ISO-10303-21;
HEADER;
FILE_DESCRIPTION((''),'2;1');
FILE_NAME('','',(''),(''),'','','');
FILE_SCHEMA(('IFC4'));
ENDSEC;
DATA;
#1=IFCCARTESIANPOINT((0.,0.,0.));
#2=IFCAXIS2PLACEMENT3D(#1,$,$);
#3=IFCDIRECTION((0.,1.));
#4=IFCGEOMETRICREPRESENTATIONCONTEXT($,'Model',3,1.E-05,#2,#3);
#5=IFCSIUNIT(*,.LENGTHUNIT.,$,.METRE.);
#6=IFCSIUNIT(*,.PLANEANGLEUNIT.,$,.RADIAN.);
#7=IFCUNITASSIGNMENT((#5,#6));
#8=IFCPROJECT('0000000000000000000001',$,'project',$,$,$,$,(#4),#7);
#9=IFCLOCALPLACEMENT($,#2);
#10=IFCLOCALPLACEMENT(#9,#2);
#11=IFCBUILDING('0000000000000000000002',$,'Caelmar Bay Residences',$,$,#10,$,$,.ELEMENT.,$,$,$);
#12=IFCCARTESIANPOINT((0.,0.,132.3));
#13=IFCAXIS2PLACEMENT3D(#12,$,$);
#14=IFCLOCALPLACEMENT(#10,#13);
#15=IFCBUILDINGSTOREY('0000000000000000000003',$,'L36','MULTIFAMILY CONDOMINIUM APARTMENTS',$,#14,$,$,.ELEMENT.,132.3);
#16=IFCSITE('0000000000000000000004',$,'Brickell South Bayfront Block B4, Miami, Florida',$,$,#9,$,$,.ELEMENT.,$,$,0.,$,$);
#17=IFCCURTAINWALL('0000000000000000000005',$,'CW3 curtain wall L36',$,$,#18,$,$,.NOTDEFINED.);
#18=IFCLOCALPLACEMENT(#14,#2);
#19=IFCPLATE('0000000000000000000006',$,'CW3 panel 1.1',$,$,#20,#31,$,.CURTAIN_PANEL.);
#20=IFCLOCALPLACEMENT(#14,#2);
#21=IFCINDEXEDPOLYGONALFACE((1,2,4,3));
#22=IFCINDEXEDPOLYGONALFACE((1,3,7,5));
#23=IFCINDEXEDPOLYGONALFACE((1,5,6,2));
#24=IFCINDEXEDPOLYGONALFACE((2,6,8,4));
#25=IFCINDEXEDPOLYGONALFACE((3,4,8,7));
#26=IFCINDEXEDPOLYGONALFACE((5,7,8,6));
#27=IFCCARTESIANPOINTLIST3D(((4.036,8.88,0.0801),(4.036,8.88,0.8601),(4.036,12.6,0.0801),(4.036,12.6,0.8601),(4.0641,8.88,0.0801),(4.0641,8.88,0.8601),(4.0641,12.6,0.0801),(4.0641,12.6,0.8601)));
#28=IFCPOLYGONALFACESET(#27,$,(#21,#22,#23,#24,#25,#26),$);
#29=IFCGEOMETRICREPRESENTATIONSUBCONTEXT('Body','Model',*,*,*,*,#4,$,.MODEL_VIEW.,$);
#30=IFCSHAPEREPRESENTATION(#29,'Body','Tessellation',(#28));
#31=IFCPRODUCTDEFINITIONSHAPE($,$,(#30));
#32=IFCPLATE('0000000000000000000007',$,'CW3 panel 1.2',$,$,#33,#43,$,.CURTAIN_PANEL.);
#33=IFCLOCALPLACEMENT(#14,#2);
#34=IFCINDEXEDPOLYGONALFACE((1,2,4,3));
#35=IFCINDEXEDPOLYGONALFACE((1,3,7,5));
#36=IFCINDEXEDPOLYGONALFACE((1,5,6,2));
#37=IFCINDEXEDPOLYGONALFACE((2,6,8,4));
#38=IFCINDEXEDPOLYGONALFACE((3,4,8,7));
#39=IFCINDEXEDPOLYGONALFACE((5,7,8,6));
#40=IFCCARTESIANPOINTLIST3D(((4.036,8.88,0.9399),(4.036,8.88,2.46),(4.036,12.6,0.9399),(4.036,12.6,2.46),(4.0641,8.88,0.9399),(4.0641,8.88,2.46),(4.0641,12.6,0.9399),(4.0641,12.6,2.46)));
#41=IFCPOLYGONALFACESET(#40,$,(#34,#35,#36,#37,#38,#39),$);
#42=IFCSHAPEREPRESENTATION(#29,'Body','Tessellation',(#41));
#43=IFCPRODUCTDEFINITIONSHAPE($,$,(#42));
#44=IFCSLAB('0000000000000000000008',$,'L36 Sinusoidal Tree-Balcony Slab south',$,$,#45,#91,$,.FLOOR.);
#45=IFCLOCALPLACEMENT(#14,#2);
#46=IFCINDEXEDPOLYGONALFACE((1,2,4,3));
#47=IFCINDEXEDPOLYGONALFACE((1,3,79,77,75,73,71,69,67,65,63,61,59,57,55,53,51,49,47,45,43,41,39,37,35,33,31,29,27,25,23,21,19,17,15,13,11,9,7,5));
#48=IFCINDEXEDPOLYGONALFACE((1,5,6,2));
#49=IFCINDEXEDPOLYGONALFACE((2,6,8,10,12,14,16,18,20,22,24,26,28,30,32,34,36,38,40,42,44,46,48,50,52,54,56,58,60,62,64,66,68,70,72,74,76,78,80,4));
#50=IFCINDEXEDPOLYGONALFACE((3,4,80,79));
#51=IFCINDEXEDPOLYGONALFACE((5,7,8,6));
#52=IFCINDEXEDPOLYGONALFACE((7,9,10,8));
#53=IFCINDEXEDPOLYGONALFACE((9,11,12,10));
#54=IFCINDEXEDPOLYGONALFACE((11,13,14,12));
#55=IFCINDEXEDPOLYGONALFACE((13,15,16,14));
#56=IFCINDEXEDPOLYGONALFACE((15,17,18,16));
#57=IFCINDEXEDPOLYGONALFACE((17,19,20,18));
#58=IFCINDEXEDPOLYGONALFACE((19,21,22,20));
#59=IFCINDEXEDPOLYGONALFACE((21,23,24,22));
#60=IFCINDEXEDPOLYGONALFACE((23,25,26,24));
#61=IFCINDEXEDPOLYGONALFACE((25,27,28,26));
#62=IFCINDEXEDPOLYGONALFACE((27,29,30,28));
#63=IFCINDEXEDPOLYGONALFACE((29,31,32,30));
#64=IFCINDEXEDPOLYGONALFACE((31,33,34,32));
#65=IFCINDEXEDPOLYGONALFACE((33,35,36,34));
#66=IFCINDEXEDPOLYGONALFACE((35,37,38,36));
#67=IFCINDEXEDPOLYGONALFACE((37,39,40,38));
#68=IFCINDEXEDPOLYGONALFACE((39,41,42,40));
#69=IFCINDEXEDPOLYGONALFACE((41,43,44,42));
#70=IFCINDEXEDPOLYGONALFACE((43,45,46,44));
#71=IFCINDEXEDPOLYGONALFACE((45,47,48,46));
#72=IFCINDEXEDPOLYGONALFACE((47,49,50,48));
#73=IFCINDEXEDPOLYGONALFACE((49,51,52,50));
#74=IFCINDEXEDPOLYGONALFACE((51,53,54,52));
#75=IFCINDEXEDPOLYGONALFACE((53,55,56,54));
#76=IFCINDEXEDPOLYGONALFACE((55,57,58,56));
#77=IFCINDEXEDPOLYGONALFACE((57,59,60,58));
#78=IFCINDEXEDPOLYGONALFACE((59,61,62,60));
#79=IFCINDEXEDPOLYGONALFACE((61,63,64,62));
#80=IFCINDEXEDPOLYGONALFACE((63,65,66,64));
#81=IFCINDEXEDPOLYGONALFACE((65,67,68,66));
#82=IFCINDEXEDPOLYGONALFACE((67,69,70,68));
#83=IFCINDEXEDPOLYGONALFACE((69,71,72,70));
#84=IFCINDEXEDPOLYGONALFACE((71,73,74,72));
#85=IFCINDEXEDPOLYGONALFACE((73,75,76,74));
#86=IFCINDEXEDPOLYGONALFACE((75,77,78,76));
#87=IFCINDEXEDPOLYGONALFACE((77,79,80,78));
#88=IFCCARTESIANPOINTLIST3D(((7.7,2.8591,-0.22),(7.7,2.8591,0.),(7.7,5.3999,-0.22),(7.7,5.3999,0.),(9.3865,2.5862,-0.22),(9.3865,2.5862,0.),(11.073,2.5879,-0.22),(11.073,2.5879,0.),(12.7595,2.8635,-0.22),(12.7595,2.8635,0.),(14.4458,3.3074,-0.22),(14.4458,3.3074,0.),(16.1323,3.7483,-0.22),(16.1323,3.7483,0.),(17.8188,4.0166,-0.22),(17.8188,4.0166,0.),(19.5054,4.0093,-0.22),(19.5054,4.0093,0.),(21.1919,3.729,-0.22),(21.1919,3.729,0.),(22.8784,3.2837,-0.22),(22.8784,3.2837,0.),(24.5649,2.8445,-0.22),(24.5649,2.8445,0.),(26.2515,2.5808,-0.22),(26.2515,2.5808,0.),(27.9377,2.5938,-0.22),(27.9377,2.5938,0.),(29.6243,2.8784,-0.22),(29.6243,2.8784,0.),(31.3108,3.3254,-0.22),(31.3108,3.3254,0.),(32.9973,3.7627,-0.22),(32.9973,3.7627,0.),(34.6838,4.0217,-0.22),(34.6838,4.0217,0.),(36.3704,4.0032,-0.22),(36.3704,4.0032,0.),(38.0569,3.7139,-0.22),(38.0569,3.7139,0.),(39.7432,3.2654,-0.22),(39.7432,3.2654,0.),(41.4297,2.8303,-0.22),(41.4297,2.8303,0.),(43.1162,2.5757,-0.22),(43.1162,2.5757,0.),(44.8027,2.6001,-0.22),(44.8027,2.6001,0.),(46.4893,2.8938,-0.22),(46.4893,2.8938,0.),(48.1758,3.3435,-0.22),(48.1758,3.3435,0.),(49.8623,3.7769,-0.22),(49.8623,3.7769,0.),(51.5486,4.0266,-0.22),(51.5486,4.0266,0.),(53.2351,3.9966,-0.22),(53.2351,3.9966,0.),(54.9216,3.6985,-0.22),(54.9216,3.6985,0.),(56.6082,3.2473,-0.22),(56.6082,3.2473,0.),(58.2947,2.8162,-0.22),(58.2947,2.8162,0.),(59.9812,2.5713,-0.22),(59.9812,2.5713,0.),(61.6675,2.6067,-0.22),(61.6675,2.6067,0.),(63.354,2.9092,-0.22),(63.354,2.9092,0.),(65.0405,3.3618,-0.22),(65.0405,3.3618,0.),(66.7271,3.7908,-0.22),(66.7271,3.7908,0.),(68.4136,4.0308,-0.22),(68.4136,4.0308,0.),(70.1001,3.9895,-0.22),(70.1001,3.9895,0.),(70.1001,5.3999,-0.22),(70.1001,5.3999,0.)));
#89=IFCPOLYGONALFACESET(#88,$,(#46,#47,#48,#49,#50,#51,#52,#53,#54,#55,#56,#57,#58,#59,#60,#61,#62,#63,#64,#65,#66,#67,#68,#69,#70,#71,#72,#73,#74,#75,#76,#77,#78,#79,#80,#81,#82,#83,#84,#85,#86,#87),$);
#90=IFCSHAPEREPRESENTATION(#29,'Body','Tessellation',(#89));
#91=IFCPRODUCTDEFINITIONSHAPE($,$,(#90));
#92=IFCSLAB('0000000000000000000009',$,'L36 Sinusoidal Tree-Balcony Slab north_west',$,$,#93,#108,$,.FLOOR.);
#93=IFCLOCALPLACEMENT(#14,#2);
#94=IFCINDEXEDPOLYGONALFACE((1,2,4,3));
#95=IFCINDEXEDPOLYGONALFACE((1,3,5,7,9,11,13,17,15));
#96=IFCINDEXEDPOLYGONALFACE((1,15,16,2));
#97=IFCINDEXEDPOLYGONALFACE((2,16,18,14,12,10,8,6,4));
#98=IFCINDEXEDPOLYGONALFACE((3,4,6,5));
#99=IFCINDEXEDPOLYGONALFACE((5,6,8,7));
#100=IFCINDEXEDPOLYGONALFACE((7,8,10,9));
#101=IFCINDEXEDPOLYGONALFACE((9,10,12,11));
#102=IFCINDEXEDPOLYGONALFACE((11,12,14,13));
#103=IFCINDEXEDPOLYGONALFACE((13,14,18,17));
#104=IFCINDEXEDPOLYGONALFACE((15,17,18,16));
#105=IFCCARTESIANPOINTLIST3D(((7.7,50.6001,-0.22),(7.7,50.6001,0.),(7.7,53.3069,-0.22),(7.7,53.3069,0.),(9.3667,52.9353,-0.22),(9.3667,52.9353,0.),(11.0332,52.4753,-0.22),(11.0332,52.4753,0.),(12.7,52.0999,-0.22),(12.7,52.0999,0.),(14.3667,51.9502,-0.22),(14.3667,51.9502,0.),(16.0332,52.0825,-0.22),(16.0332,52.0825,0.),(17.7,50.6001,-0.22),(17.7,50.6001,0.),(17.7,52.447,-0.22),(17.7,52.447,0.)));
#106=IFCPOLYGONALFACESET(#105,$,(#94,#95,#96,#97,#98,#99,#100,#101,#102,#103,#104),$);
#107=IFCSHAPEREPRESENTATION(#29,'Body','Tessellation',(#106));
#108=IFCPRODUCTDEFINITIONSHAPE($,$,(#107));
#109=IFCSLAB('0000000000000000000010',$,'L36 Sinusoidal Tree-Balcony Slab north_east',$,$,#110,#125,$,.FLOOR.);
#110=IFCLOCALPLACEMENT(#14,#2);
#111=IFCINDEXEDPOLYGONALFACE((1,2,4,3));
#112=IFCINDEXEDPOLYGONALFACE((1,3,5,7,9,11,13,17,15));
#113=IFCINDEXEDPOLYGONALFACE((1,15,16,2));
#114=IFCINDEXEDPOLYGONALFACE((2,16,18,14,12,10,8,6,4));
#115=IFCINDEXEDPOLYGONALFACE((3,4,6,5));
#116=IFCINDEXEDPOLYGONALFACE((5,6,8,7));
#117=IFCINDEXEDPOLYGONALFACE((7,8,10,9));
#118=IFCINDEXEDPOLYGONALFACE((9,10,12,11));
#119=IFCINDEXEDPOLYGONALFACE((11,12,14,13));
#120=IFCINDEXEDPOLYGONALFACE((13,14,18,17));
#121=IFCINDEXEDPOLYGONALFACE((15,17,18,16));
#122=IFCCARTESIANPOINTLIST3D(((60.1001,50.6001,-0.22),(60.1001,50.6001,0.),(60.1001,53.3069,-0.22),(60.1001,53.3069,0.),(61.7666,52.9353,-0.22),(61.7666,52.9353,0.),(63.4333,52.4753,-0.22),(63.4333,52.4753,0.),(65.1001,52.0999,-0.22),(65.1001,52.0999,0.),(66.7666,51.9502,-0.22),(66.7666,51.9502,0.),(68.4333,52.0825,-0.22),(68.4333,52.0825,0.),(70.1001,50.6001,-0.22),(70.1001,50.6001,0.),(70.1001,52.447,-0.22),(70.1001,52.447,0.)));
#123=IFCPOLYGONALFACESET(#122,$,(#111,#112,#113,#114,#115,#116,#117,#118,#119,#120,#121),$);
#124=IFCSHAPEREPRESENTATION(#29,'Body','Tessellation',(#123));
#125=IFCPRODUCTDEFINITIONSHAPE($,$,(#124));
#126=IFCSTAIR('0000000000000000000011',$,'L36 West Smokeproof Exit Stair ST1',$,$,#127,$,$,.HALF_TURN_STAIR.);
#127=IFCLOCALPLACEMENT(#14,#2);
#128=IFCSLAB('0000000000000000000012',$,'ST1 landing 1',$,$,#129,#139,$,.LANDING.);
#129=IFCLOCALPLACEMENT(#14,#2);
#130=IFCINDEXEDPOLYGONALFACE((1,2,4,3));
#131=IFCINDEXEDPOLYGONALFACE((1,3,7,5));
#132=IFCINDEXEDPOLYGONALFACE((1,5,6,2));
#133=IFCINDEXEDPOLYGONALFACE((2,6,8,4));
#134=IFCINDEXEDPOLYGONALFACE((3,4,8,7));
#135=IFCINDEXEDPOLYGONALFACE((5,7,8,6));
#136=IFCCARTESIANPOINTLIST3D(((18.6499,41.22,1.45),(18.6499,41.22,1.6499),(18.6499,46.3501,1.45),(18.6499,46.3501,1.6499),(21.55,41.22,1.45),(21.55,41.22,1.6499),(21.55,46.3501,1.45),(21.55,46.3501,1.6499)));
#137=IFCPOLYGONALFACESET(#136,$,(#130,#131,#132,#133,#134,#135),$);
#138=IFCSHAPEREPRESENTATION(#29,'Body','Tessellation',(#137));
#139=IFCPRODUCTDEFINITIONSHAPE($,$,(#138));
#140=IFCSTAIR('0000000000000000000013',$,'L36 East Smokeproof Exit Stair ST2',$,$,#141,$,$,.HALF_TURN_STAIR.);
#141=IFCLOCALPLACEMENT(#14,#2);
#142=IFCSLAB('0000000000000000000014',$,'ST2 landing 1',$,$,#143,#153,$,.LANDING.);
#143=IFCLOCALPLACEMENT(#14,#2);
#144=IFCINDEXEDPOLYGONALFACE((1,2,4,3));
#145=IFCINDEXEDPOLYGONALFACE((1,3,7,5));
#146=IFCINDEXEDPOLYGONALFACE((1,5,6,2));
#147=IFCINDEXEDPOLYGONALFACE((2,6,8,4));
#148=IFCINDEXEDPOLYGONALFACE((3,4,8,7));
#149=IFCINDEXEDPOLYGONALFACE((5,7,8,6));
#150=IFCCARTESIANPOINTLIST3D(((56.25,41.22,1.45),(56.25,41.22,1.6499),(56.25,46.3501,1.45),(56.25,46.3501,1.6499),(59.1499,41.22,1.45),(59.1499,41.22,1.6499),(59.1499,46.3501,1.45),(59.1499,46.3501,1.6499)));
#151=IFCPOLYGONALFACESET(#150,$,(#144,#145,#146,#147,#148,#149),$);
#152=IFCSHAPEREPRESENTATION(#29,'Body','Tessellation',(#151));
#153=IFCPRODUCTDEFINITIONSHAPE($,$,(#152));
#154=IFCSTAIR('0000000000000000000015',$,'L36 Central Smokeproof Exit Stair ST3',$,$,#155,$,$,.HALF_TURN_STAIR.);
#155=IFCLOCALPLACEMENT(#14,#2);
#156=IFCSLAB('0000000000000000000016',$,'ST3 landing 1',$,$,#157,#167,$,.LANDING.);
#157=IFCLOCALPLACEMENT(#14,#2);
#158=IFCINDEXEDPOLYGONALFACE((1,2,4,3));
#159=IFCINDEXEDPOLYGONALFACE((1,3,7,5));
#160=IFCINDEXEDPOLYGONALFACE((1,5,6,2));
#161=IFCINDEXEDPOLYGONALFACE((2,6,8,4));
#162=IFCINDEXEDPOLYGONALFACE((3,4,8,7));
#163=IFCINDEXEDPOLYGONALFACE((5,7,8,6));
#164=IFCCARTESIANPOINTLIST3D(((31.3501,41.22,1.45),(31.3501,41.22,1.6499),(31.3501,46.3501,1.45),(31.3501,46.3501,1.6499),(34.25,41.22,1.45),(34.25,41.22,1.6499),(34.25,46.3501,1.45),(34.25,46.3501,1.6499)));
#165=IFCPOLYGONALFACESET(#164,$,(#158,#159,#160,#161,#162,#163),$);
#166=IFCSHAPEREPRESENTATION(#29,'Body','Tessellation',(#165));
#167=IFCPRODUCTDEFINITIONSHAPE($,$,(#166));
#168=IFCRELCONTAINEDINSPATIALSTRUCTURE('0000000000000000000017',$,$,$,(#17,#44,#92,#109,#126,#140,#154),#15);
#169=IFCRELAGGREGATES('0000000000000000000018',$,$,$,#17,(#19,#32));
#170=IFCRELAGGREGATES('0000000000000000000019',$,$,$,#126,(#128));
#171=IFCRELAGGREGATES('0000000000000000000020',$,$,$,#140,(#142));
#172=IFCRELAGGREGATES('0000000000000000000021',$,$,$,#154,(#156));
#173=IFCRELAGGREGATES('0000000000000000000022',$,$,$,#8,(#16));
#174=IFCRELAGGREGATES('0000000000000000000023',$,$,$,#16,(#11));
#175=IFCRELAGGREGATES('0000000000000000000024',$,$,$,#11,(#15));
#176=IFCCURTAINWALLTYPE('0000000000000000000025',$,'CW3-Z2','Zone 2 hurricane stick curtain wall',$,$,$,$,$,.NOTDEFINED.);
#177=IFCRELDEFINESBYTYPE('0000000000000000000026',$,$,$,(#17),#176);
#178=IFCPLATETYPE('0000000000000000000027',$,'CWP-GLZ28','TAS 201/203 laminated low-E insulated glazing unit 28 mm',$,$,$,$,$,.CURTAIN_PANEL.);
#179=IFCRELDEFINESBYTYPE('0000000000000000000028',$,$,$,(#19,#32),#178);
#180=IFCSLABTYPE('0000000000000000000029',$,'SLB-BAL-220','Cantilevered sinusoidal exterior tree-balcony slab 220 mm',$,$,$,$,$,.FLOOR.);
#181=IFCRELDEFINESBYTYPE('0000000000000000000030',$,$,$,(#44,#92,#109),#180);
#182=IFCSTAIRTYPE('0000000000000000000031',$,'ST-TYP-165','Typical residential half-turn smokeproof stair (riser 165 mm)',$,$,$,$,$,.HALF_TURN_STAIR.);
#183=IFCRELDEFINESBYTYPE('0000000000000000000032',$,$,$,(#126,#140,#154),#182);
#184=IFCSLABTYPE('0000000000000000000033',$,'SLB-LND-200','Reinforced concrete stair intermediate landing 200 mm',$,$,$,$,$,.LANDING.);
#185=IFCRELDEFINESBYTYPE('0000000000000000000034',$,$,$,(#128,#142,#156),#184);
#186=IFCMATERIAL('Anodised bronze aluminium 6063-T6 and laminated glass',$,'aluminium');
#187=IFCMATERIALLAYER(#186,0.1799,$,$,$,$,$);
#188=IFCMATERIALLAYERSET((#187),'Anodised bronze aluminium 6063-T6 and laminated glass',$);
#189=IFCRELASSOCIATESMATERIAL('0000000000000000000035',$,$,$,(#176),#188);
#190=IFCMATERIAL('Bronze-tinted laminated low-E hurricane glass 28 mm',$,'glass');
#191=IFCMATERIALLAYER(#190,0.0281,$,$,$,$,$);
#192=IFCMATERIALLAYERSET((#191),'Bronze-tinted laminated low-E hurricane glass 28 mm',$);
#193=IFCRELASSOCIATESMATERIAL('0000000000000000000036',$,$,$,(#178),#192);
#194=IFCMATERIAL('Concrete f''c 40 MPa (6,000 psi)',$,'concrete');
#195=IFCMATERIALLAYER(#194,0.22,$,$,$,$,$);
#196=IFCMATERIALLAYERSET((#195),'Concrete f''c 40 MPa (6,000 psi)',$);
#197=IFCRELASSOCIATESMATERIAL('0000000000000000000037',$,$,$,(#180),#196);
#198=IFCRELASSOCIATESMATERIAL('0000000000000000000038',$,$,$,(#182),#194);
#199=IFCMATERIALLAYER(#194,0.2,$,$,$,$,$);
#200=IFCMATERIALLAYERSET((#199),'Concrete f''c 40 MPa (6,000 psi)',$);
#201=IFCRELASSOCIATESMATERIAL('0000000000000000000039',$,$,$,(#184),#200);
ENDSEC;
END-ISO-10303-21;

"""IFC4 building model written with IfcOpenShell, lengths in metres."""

from ifc_helpers import new_model, si_unit, direction, frame, origin, origin_2d, place, context, subcontext, project, spatial, polyline, rectangle, outline, extrude, material, layer, layer_set, type_object, element, aggregate, save


model = new_model("IFC4")

# Units and contexts
model_context = context("Model", 3, precision=1e-05, world=origin(), true_north=direction((0.0, 1.0)))
body_context = subcontext(model_context, "Body", "Model", "MODEL_VIEW")
ifc_project = project(units=[si_unit("LENGTHUNIT", "METRE"), si_unit("PLANEANGLEUNIT", "RADIAN")], contexts=[model_context])

# Site, building, storey
site_placement = place(None, origin())
site = spatial("IfcSite", under=ifc_project, at=site_placement, Name="Brickell South Bayfront Block B4, Miami, Florida", CompositionType="ELEMENT", RefElevation=0.0)
building_placement = place(site_placement, origin())
building = spatial("IfcBuilding", under=site, at=building_placement, Name="Caelmar Bay Residences", CompositionType="ELEMENT")
storey_placement = place(building_placement, frame((0.0, 0.0, 132.3)))
storey = spatial("IfcBuildingStorey", under=building, at=storey_placement, Name="L36", Description="MULTIFAMILY CONDOMINIUM APARTMENTS", CompositionType="ELEMENT", Elevation=132.3)

# Shared definitions
ifc_material_1 = material(Name="Anodised bronze aluminium 6063-T6 and laminated glass", Category="aluminium")

# Curtain wall
ifc_layer_1 = layer(ifc_material_1, 0.1799)
ifc_layer_set_1 = layer_set([ifc_layer_1], Name="Anodised bronze aluminium 6063-T6 and laminated glass")
curtain_wall_type_1 = type_object("IfcCurtainWallType", Name="CW3-Z2", Description="Zone 2 hurricane stick curtain wall", PredefinedType="NOTDEFINED", material=ifc_layer_set_1)
curtain_wall_1_placement = place(storey_placement, origin())
curtain_wall_1 = element("IfcCurtainWall", 1, at=curtain_wall_1_placement, inside=storey, type_object=curtain_wall_type_1, Name="CW3 curtain wall L36", PredefinedType="NOTDEFINED")

# Plates
ifc_material_2 = material(Name="Bronze-tinted laminated low-E hurricane glass 28 mm", Category="glass")
ifc_layer_2 = layer(ifc_material_2, 0.0281)
ifc_layer_set_2 = layer_set([ifc_layer_2], Name="Bronze-tinted laminated low-E hurricane glass 28 mm")
plate_type = type_object("IfcPlateType", Name="CWP-GLZ28", Description="TAS 201/203 laminated low-E insulated glazing unit 28 mm", PredefinedType="CURTAIN_PANEL", material=ifc_layer_set_2)
plate_1_placement = place(storey_placement, frame((4.05, 10.74, 0.0801), z_axis=(0.0, 0.0, 1.0), x_axis=(0.0, 1.0, 0.0)))
plate_1 = element("IfcPlate", 2, at=plate_1_placement, type_object=plate_type, Name="CW3 panel 1.1", PredefinedType="CURTAIN_PANEL", context=body_context, shape_type="SweptSolid", body=[
    extrude(rectangle(XDim=3.72, YDim=0.0281, at=origin_2d()), origin(), (0.0, 0.0, 1.0), 0.78),
])
plate_2_placement = place(storey_placement, frame((4.05, 10.74, 0.9399), z_axis=(0.0, 0.0, 1.0), x_axis=(0.0, 1.0, 0.0)))
plate_2 = element("IfcPlate", 3, at=plate_2_placement, type_object=plate_type, Name="CW3 panel 1.2", PredefinedType="CURTAIN_PANEL", context=body_context, shape_type="SweptSolid", body=[
    extrude(rectangle(XDim=3.72, YDim=0.0281, at=origin_2d()), origin(), (0.0, 0.0, 1.0), 1.52),
])
aggregate(curtain_wall_1, [plate_1, plate_2])

# Slabs
ifc_material_3 = material(Name="Concrete f'c 40 MPa (6,000 psi)", Category="concrete")
ifc_layer_3 = layer(ifc_material_3, 0.22)
ifc_layer_set_3 = layer_set([ifc_layer_3], Name="Concrete f'c 40 MPa (6,000 psi)")
slab_type_1 = type_object("IfcSlabType", Name="SLB-BAL-220", Description="Cantilevered sinusoidal exterior tree-balcony slab 220 mm", PredefinedType="FLOOR", material=ifc_layer_set_3)
slab_1_placement = place(storey_placement, frame((0.0, 0.0, -0.22)))
element("IfcSlab", 4, at=slab_1_placement, inside=storey, type_object=slab_type_1, Name="L36 Sinusoidal Tree-Balcony Slab south", PredefinedType="FLOOR", context=body_context, shape_type="SweptSolid", body=[
    extrude(outline(polyline([(7.7, 2.8591), (9.3865, 2.5862), (11.073, 2.5879), (12.7595, 2.8635), (14.4458, 3.3074), (16.1323, 3.7483), (17.8188, 4.0166), (19.5054, 4.0093), (21.1919, 3.729), (22.8784, 3.2837), (24.5649, 2.8445), (26.2515, 2.5808), (27.9377, 2.5938), (29.6243, 2.8784), (31.3108, 3.3254), (32.9973, 3.7627), (34.6838, 4.0217), (36.3704, 4.0032), (38.0569, 3.7139), (39.7432, 3.2654), (41.4297, 2.8303), (43.1162, 2.5757), (44.8027, 2.6001), (46.4893, 2.8938), (48.1758, 3.3435), (49.8623, 3.7769), (51.5486, 4.0266), (53.2351, 3.9966), (54.9216, 3.6985), (56.6082, 3.2473), (58.2947, 2.8162), (59.9812, 2.5713), (61.6675, 2.6067), (63.354, 2.9092), (65.0405, 3.3618), (66.7271, 3.7908), (68.4136, 4.0308), (70.1001, 3.9895), (70.1001, 5.3999), (7.7, 5.3999), (7.7, 2.8591)])), origin(), (0.0, 0.0, 1.0), 0.22),
])
slab_2_placement = place(storey_placement, frame((0.0, 0.0, -0.22)))
element("IfcSlab", 5, at=slab_2_placement, inside=storey, type_object=slab_type_1, Name="L36 Sinusoidal Tree-Balcony Slab north_west", PredefinedType="FLOOR", context=body_context, shape_type="SweptSolid", body=[
    extrude(outline(polyline([(7.7, 50.6001), (17.7, 50.6001), (17.7, 52.447), (16.0332, 52.0825), (14.3667, 51.9502), (12.7, 52.0999), (11.0332, 52.4753), (9.3667, 52.9353), (7.7, 53.3069), (7.7, 50.6001)])), origin(), (0.0, 0.0, 1.0), 0.22),
])
slab_3_placement = place(storey_placement, frame((0.0, 0.0, -0.22)))
element("IfcSlab", 6, at=slab_3_placement, inside=storey, type_object=slab_type_1, Name="L36 Sinusoidal Tree-Balcony Slab north_east", PredefinedType="FLOOR", context=body_context, shape_type="SweptSolid", body=[
    extrude(outline(polyline([(60.1001, 50.6001), (70.1001, 50.6001), (70.1001, 52.447), (68.4333, 52.0825), (66.7666, 51.9502), (65.1001, 52.0999), (63.4333, 52.4753), (61.7666, 52.9353), (60.1001, 53.3069), (60.1001, 50.6001)])), origin(), (0.0, 0.0, 1.0), 0.22),
])

# Stairs, slabs
stair_type = type_object("IfcStairType", Name="ST-TYP-165", Description="Typical residential half-turn smokeproof stair (riser 165 mm)", PredefinedType="HALF_TURN_STAIR", material=ifc_material_3)
stair_1_placement = place(storey_placement, origin())
stair_1 = element("IfcStair", 7, at=stair_1_placement, inside=storey, type_object=stair_type, Name="L36 West Smokeproof Exit Stair ST1", PredefinedType="HALF_TURN_STAIR")
ifc_layer_4 = layer(ifc_material_3, 0.2)
ifc_layer_set_4 = layer_set([ifc_layer_4], Name="Concrete f'c 40 MPa (6,000 psi)")
slab_type_2 = type_object("IfcSlabType", Name="SLB-LND-200", Description="Reinforced concrete stair intermediate landing 200 mm", PredefinedType="LANDING", material=ifc_layer_set_4)
slab_4_placement = place(storey_placement, frame((0.0, 0.0, 1.45)))
slab_4 = element("IfcSlab", 8, at=slab_4_placement, type_object=slab_type_2, Name="ST1 landing 1", PredefinedType="LANDING", context=body_context, shape_type="SweptSolid", body=[
    extrude(outline(polyline([(21.55, 41.22), (21.55, 46.3501), (18.6499, 46.3501), (18.6499, 41.22), (21.55, 41.22)])), origin(), (0.0, 0.0, 1.0), 0.2),
])
aggregate(stair_1, [slab_4])
stair_2_placement = place(storey_placement, origin())
stair_2 = element("IfcStair", 9, at=stair_2_placement, inside=storey, type_object=stair_type, Name="L36 East Smokeproof Exit Stair ST2", PredefinedType="HALF_TURN_STAIR")
slab_5_placement = place(storey_placement, frame((0.0, 0.0, 1.45)))
slab_5 = element("IfcSlab", 10, at=slab_5_placement, type_object=slab_type_2, Name="ST2 landing 1", PredefinedType="LANDING", context=body_context, shape_type="SweptSolid", body=[
    extrude(outline(polyline([(59.1499, 41.22), (59.1499, 46.3501), (56.25, 46.3501), (56.25, 41.22), (59.1499, 41.22)])), origin(), (0.0, 0.0, 1.0), 0.2),
])
aggregate(stair_2, [slab_5])
stair_3_placement = place(storey_placement, origin())
stair_3 = element("IfcStair", 11, at=stair_3_placement, inside=storey, type_object=stair_type, Name="L36 Central Smokeproof Exit Stair ST3", PredefinedType="HALF_TURN_STAIR")
slab_6_placement = place(storey_placement, frame((0.0, 0.0, 1.45)))
slab_6 = element("IfcSlab", 12, at=slab_6_placement, type_object=slab_type_2, Name="ST3 landing 1", PredefinedType="LANDING", context=body_context, shape_type="SweptSolid", body=[
    extrude(outline(polyline([(34.25, 41.22), (34.25, 46.3501), (31.3501, 46.3501), (31.3501, 41.22), (34.25, 41.22)])), origin(), (0.0, 0.0, 1.0), 0.2),
])
aggregate(stair_3, [slab_6])

save(model, "model.ifc")
